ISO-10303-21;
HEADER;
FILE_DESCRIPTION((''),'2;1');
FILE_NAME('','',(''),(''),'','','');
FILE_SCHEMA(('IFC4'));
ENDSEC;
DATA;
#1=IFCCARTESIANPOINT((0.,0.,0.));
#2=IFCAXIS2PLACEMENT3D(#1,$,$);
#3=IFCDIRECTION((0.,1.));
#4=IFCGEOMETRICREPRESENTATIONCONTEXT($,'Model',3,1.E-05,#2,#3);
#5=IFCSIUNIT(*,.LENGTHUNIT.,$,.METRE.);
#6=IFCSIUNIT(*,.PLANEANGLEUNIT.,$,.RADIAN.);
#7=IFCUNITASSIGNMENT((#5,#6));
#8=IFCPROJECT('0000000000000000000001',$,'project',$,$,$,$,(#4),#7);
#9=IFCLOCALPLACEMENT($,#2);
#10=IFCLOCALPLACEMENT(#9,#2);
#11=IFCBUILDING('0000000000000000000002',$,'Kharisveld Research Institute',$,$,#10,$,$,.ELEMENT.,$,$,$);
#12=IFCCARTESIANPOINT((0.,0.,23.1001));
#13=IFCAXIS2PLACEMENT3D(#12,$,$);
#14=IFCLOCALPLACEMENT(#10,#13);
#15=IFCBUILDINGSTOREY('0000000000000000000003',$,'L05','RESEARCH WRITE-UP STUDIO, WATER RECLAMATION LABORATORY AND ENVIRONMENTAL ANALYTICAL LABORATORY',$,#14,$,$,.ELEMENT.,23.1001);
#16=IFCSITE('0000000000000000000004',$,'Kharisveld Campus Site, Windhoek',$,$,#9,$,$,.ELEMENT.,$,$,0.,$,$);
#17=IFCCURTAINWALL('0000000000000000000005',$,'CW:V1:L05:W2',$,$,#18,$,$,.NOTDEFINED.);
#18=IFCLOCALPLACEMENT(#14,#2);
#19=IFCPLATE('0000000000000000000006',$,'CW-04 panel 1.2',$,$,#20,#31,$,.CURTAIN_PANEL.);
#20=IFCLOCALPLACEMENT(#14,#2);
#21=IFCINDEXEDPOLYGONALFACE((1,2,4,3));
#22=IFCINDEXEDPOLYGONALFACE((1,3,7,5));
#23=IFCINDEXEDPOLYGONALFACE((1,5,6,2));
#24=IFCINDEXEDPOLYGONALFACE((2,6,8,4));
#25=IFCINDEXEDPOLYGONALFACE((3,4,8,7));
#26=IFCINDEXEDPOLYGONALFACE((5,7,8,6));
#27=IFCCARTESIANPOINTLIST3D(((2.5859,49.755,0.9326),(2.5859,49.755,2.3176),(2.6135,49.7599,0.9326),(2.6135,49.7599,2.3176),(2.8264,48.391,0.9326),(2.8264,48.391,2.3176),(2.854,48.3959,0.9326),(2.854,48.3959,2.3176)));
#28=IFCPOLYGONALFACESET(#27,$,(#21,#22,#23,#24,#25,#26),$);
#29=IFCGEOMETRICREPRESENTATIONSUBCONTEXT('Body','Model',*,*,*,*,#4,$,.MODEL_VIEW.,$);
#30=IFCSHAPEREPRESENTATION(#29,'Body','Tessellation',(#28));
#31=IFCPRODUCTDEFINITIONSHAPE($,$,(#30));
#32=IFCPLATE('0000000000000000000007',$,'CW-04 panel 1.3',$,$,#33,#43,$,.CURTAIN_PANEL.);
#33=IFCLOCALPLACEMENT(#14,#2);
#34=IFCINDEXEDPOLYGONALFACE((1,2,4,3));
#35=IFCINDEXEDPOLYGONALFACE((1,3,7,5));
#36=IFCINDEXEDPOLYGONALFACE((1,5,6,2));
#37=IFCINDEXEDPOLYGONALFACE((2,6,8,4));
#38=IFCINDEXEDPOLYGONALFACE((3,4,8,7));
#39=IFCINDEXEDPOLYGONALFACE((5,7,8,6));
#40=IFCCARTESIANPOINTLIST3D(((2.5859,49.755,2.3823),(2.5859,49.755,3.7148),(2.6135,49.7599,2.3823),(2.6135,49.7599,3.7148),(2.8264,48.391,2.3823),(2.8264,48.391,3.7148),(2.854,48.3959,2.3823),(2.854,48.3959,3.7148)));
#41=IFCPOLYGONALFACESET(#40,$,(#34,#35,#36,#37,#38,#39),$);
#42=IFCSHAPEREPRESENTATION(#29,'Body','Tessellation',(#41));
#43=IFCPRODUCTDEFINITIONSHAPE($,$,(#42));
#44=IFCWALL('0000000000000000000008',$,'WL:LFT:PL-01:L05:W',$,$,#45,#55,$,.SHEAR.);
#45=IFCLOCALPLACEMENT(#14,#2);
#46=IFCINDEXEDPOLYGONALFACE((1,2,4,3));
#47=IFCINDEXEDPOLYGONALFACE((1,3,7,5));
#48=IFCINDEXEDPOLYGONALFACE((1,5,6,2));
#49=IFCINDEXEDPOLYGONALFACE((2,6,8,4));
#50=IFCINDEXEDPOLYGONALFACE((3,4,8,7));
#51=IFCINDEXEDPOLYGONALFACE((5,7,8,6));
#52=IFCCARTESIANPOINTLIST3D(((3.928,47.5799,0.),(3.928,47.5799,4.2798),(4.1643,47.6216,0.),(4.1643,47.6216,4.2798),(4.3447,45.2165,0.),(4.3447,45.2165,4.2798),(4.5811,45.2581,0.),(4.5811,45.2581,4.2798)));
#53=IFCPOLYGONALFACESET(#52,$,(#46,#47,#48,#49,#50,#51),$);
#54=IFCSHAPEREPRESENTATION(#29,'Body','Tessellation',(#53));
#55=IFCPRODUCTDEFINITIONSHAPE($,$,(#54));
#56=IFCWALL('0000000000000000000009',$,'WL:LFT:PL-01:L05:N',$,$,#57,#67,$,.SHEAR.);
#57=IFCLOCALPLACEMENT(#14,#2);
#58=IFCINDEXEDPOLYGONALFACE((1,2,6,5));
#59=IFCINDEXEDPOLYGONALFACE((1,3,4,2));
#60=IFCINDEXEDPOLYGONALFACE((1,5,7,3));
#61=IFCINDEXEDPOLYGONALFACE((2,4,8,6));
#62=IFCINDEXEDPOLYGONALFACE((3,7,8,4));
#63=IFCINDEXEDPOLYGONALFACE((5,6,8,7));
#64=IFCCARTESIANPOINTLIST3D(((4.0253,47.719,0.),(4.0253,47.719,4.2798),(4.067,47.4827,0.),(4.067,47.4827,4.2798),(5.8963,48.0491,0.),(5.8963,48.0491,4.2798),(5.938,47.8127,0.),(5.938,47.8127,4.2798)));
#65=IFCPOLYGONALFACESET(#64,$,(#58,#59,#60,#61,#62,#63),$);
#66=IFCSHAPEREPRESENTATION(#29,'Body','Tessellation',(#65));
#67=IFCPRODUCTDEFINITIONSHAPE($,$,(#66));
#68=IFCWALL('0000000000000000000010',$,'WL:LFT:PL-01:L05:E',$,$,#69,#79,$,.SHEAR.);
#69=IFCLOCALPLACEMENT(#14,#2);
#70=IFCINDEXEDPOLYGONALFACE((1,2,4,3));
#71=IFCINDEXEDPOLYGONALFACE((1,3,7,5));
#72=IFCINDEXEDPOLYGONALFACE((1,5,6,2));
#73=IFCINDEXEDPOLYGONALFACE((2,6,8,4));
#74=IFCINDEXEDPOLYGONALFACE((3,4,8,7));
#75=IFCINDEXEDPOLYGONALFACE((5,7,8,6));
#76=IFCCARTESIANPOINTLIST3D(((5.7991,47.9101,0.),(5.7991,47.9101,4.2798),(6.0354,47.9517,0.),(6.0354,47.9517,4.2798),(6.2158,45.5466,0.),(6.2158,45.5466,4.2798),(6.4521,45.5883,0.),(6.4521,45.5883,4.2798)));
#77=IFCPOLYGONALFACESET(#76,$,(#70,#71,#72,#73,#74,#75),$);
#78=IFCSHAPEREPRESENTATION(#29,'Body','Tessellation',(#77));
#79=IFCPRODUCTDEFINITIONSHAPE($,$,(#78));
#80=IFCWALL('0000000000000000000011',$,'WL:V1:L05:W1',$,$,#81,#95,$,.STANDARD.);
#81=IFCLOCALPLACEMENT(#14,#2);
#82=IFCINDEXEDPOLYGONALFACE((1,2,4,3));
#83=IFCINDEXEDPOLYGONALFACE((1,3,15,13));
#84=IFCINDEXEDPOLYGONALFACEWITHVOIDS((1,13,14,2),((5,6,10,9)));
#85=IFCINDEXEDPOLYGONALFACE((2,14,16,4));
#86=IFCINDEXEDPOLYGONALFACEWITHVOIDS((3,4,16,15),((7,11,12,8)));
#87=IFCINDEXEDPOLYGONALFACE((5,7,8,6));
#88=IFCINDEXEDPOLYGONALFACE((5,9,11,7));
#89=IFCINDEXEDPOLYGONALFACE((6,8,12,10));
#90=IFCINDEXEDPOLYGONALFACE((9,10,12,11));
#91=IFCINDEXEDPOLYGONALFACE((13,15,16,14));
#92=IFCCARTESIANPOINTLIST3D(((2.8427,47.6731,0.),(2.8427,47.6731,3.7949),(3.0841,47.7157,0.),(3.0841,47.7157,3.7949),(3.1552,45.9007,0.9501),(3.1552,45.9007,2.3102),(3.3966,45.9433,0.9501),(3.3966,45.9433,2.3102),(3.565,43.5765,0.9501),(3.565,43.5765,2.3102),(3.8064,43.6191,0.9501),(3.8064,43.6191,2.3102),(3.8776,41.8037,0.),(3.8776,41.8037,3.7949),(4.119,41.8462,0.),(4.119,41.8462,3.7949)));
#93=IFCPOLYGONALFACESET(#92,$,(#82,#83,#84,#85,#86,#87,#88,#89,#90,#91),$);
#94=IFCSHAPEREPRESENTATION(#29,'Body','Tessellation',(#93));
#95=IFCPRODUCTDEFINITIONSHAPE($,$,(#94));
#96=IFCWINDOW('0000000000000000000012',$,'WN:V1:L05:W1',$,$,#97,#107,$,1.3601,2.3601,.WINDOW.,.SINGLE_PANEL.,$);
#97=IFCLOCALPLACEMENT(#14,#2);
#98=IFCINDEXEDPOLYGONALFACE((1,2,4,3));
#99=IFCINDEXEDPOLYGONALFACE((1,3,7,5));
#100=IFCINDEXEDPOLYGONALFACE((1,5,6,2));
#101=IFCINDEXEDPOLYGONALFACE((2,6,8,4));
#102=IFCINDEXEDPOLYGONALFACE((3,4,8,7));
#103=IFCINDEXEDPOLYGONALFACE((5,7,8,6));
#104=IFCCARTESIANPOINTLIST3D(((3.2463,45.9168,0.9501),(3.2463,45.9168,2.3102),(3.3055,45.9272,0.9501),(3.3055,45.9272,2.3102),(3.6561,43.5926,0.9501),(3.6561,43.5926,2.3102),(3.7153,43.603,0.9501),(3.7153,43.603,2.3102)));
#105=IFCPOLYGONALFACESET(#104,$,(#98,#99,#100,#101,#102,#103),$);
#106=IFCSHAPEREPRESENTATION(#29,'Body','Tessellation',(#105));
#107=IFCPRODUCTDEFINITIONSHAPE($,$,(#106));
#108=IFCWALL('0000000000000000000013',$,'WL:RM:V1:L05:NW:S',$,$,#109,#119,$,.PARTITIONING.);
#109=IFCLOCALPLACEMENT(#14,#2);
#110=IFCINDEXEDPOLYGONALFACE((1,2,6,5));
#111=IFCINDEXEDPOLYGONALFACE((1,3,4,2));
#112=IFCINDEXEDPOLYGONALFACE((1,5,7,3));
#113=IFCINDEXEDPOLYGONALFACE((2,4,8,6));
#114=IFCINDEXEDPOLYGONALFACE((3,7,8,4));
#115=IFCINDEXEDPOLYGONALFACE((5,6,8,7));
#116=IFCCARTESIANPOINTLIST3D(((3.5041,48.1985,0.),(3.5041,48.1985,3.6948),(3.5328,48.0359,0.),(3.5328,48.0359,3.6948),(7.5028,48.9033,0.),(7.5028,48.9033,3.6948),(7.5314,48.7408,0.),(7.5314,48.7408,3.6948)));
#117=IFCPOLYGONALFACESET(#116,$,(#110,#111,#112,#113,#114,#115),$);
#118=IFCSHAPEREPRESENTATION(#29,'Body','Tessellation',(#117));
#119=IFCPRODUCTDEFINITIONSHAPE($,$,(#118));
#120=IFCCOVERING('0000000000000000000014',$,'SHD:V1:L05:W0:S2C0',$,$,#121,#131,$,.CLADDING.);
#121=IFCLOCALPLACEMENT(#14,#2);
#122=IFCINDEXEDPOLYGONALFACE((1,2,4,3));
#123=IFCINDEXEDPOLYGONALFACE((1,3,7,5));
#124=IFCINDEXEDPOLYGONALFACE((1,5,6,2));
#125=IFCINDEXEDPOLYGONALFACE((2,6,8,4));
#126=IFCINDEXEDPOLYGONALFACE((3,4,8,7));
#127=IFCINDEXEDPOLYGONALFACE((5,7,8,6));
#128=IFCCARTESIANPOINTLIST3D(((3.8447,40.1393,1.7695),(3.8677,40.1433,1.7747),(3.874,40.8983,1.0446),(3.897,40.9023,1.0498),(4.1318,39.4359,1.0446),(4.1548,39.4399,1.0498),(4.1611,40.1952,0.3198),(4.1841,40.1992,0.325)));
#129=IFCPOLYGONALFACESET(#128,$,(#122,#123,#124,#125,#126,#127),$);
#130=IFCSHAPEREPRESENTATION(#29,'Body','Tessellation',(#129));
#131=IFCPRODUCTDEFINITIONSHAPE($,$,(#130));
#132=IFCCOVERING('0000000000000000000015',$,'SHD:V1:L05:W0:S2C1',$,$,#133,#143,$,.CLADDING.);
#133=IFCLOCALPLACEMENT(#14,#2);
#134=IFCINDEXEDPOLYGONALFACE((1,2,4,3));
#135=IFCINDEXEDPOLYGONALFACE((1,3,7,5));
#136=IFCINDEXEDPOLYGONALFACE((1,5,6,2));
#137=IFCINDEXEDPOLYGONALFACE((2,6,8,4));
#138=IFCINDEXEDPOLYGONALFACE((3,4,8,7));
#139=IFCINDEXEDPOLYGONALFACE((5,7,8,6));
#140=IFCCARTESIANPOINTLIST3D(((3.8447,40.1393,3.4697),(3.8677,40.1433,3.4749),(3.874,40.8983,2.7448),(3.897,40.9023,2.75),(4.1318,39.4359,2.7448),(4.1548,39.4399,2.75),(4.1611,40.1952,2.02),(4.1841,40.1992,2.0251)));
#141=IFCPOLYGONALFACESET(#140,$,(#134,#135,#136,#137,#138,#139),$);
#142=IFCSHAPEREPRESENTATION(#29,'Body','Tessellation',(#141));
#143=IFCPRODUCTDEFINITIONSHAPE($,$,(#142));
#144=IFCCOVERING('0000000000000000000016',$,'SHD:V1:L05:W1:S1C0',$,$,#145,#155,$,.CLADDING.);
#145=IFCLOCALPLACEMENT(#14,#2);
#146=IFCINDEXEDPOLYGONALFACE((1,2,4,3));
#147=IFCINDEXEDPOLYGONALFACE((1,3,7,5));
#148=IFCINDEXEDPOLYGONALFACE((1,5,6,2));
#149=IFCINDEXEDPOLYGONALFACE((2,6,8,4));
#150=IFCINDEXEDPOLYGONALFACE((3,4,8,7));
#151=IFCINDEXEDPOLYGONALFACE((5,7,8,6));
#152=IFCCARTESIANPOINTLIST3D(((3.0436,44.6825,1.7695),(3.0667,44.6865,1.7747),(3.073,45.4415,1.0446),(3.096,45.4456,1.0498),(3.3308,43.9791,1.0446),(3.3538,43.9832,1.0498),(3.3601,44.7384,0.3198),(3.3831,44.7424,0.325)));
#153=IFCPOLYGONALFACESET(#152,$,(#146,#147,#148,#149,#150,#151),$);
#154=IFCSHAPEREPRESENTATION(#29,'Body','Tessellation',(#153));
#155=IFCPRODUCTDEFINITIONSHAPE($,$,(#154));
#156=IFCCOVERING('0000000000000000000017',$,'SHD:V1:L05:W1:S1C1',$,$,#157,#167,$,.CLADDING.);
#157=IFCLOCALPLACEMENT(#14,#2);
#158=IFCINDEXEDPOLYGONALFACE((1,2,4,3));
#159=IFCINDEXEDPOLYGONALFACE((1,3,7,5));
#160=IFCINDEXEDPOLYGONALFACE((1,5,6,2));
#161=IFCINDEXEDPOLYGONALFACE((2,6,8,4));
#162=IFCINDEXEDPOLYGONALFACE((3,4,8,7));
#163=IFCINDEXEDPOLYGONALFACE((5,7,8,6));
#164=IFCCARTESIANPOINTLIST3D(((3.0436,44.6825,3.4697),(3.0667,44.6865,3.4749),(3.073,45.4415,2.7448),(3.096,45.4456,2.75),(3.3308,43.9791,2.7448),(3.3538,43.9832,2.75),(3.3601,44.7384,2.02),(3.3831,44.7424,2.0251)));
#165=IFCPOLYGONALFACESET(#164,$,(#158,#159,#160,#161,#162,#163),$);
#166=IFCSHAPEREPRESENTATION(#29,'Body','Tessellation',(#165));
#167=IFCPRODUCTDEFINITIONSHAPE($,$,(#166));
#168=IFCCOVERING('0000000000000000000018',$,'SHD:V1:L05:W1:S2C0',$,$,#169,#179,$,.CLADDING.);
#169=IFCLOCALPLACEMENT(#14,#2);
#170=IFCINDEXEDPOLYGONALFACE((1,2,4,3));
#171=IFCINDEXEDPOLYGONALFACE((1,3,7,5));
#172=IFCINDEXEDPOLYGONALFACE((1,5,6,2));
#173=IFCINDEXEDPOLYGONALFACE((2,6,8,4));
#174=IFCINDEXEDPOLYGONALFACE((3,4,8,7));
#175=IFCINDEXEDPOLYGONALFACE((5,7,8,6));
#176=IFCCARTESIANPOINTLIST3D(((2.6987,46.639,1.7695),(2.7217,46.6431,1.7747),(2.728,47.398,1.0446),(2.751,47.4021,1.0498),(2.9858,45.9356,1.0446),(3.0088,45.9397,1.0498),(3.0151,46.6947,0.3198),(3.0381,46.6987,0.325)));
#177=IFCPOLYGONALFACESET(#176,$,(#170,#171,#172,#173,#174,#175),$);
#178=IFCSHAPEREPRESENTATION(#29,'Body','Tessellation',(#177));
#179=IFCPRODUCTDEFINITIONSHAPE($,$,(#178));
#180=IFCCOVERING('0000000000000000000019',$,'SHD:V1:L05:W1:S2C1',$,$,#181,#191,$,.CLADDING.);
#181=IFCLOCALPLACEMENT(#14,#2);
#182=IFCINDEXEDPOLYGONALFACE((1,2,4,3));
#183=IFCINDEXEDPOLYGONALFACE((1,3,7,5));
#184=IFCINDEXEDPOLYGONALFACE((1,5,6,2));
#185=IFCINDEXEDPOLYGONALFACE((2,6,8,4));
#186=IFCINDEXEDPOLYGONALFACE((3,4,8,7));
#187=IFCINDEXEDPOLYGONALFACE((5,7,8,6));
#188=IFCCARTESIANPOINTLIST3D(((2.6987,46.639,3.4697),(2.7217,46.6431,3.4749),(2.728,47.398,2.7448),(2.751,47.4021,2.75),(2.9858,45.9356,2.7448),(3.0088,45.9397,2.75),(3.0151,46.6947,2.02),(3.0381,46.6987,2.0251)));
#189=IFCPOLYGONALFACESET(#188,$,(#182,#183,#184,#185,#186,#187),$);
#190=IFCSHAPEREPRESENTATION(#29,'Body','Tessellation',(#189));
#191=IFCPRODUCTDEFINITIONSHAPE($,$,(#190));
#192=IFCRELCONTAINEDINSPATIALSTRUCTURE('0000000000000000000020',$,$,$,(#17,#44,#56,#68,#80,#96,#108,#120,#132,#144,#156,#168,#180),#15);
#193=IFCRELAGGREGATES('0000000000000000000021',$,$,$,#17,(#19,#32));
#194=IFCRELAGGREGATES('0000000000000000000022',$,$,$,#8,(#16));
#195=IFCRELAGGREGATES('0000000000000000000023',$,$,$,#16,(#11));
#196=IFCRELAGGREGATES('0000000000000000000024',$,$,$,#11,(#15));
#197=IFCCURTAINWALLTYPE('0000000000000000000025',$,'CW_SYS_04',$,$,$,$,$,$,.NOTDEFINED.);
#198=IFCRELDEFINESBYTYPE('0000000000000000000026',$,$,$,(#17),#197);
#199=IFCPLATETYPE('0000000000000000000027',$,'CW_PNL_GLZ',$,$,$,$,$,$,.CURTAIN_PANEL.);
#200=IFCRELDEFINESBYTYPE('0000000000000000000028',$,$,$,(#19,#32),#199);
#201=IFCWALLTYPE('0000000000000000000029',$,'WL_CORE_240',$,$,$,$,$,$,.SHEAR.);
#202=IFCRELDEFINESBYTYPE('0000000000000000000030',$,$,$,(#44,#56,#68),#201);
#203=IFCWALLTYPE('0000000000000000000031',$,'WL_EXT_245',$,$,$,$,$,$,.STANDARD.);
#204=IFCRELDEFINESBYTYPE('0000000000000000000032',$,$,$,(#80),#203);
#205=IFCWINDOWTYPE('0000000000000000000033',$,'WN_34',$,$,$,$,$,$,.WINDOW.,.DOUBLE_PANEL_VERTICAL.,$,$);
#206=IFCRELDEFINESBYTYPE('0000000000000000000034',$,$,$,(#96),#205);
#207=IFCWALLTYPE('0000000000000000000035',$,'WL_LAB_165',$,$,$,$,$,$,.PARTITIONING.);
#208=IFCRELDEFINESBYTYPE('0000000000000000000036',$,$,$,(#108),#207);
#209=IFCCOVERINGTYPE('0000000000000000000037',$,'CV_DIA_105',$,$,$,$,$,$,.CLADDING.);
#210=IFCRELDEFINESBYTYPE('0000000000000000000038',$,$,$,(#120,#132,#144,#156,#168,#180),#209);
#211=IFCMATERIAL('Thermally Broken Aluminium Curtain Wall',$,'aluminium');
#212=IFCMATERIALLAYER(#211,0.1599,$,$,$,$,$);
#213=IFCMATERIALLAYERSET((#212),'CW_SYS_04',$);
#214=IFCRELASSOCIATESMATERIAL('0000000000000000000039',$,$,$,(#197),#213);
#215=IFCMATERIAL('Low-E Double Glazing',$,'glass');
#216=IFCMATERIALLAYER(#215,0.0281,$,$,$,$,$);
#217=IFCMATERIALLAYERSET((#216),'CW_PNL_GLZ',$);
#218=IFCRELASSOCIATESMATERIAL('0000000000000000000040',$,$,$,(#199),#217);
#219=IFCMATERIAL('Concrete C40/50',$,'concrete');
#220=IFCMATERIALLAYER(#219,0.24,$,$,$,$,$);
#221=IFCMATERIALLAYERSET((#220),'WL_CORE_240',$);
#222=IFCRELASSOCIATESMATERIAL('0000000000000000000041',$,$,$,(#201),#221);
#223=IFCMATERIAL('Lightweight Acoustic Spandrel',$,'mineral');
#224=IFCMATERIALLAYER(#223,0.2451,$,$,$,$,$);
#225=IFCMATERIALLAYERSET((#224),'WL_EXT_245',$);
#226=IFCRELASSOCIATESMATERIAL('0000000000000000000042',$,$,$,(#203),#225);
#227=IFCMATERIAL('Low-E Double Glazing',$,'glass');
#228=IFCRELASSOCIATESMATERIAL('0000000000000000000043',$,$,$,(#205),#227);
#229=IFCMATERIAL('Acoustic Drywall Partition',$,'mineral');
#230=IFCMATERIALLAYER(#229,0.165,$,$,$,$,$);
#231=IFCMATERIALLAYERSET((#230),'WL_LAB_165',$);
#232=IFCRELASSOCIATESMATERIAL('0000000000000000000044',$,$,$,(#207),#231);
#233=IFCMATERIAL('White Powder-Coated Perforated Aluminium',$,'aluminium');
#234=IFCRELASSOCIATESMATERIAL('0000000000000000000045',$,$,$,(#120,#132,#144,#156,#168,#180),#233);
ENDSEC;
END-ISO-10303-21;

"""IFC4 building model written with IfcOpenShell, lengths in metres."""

from ifc_helpers import new_model, si_unit, direction, frame, frame_2d, origin, origin_2d, place, context, subcontext, project, spatial, polyline, rectangle, outline, extrude, material, layer, layer_set, type_object, element, fill, aggregate, save


model = new_model("IFC4")

# Units and contexts
model_context = context("Model", 3, precision=1e-05, world=origin(), true_north=direction((0.0, 1.0)))
body_context = subcontext(model_context, "Body", "Model", "MODEL_VIEW")
ifc_project = project(units=[si_unit("LENGTHUNIT", "METRE"), si_unit("PLANEANGLEUNIT", "RADIAN")], contexts=[model_context])

# Site, building, storey
site_placement = place(None, origin())
site = spatial("IfcSite", under=ifc_project, at=site_placement, Name="Kharisveld Campus Site, Windhoek", CompositionType="ELEMENT", RefElevation=0.0)
building_placement = place(site_placement, origin())
building = spatial("IfcBuilding", under=site, at=building_placement, Name="Kharisveld Research Institute", CompositionType="ELEMENT")
storey_placement = place(building_placement, frame((0.0, 0.0, 23.1001)))
storey = spatial("IfcBuildingStorey", under=building, at=storey_placement, Name="L05", Description="RESEARCH WRITE-UP STUDIO, WATER RECLAMATION LABORATORY AND ENVIRONMENTAL ANALYTICAL LABORATORY", CompositionType="ELEMENT", Elevation=23.1001)

# Curtain wall
ifc_material_1 = material(Name="Thermally Broken Aluminium Curtain Wall", Category="aluminium")
ifc_layer_1 = layer(ifc_material_1, 0.1599)
ifc_layer_set_1 = layer_set([ifc_layer_1], Name="CW_SYS_04")
curtain_wall_type = type_object("IfcCurtainWallType", Name="CW_SYS_04", PredefinedType="NOTDEFINED", material=ifc_layer_set_1)
curtain_wall_placement = place(storey_placement, origin())
curtain_wall = element("IfcCurtainWall", 1, at=curtain_wall_placement, inside=storey, type_object=curtain_wall_type, Name="CW:V1:L05:W2", PredefinedType="NOTDEFINED")

# Plates
ifc_material_2 = material(Name="Low-E Double Glazing", Category="glass")
ifc_layer_2 = layer(ifc_material_2, 0.0281)
ifc_layer_set_2 = layer_set([ifc_layer_2], Name="CW_PNL_GLZ")
plate_type = type_object("IfcPlateType", Name="CW_PNL_GLZ", PredefinedType="CURTAIN_PANEL", material=ifc_layer_set_2)
plate_1_placement = place(storey_placement, frame((2.72, 49.0754, 0.9326), z_axis=(0.0, 0.0, 1.0), x_axis=(-0.173648, 0.984808, 0.0)))
plate_1 = element("IfcPlate", 2, at=plate_1_placement, type_object=plate_type, Name="CW-04 panel 1.2", PredefinedType="CURTAIN_PANEL", context=body_context, shape_type="SweptSolid", body=[
    extrude(rectangle(XDim=1.385, YDim=0.0281, at=origin_2d()), origin(), (0.0, 0.0, 1.0), 1.385),
])
plate_2_placement = place(storey_placement, frame((2.72, 49.0754, 2.3823), z_axis=(0.0, 0.0, 1.0), x_axis=(-0.173648, 0.984808, 0.0)))
plate_2 = element("IfcPlate", 3, at=plate_2_placement, type_object=plate_type, Name="CW-04 panel 1.3", PredefinedType="CURTAIN_PANEL", context=body_context, shape_type="SweptSolid", body=[
    extrude(rectangle(XDim=1.385, YDim=0.0281, at=origin_2d()), origin(), (0.0, 0.0, 1.0), 1.3325),
])
aggregate(curtain_wall, [plate_1, plate_2])

# Walls
ifc_material_3 = material(Name="Concrete C40/50", Category="concrete")
ifc_layer_3 = layer(ifc_material_3, 0.24)
ifc_layer_set_3 = layer_set([ifc_layer_3], Name="WL_CORE_240")
wall_type_1 = type_object("IfcWallType", Name="WL_CORE_240", PredefinedType="SHEAR", material=ifc_layer_set_3)
wall_1_placement = place(storey_placement, frame((4.4629, 45.2373, 0.0), z_axis=(0.0, 0.0, 1.0), x_axis=(-0.173646, 0.984808, 0.0)))
element("IfcWall", 4, at=wall_1_placement, inside=storey, type_object=wall_type_1, Name="WL:LFT:PL-01:L05:W", PredefinedType="SHEAR", context=body_context, shape_type="SweptSolid", body=[
    extrude(rectangle(XDim=2.3999, YDim=0.24, at=frame_2d((1.2, 0.0))), origin(), (0.0, 0.0, 1.0), 4.2798),
])
wall_2_placement = place(storey_placement, frame((4.0461, 47.6008, 0.0), z_axis=(0.0, 0.0, 1.0), x_axis=(0.984794, 0.173727, 0.0)))
element("IfcWall", 5, at=wall_2_placement, inside=storey, type_object=wall_type_1, Name="WL:LFT:PL-01:L05:N", PredefinedType="SHEAR", context=body_context, shape_type="SweptSolid", body=[
    extrude(rectangle(XDim=1.8999, YDim=0.24, at=frame_2d((0.95, 0.0))), origin(), (0.0, 0.0, 1.0), 4.2798),
])
wall_3_placement = place(storey_placement, frame((5.9172, 47.9309, 0.0), z_axis=(0.0, 0.0, 1.0), x_axis=(0.173646, -0.984808, 0.0)))
element("IfcWall", 6, at=wall_3_placement, inside=storey, type_object=wall_type_1, Name="WL:LFT:PL-01:L05:E", PredefinedType="SHEAR", context=body_context, shape_type="SweptSolid", body=[
    extrude(rectangle(XDim=2.3999, YDim=0.24, at=frame_2d((1.2, 0.0))), origin(), (0.0, 0.0, 1.0), 4.2798),
])

# Wall, opening, window
ifc_material_4 = material(Name="Lightweight Acoustic Spandrel", Category="mineral")
ifc_layer_4 = layer(ifc_material_4, 0.2451)
ifc_layer_set_4 = layer_set([ifc_layer_4], Name="WL_EXT_245")
wall_type_2 = type_object("IfcWallType", Name="WL_EXT_245", PredefinedType="STANDARD", material=ifc_layer_set_4)
wall_4_placement = place(storey_placement, frame((3.9983, 41.825, 0.0), z_axis=(0.0, 0.0, 1.0), x_axis=(-0.173645, 0.984808, 0.0)))
wall_4 = element("IfcWall", 7, at=wall_4_placement, inside=storey, type_object=wall_type_2, Name="WL:V1:L05:W1", PredefinedType="STANDARD", context=body_context, shape_type="SweptSolid", body=[
    extrude(rectangle(XDim=5.96, YDim=0.2451, at=frame_2d((2.98, 0.0))), origin(), (0.0, 0.0, 1.0), 3.7949),
])
opening_1_placement = place(wall_4_placement, frame((1.8, 0.0, 0.95)))
opening_1 = element("IfcOpeningElement", 8, at=opening_1_placement, cuts=wall_4, PredefinedType="OPENING", context=body_context, shape_type="SweptSolid", body=[
    extrude(rectangle(XDim=2.3601, YDim=1.3601, at=frame_2d((1.1802, 0.6802))), frame((0.0, 0.1226, 0.0), z_axis=(0.0, -1.0, 0.0), x_axis=(1.0, 0.0, 0.0)), (0.0, 0.0, 1.0), 0.2451),
])
ifc_material_5 = material(Name="Low-E Double Glazing", Category="glass")
window_type = type_object("IfcWindowType", Name="WN_34", PartitioningType="DOUBLE_PANEL_VERTICAL", PredefinedType="WINDOW", material=ifc_material_5)
window_placement = place(opening_1_placement, origin())
window = element("IfcWindow", 9, at=window_placement, inside=storey, type_object=window_type, Name="WN:V1:L05:W1", OverallHeight=1.3601, OverallWidth=2.3601, PartitioningType="SINGLE_PANEL", PredefinedType="WINDOW", context=body_context, shape_type="SweptSolid", body=[
    extrude(rectangle(XDim=2.3601, YDim=1.3601, at=frame_2d((1.1802, 0.6802))), frame((0.0, 0.03, 0.0), z_axis=(0.0, -1.0, 0.0), x_axis=(1.0, 0.0, 0.0)), (0.0, 0.0, 1.0), 0.0601),
])
fill(opening_1, window)

# Wall
ifc_material_6 = material(Name="Acoustic Drywall Partition", Category="mineral")
ifc_layer_5 = layer(ifc_material_6, 0.165)
ifc_layer_set_5 = layer_set([ifc_layer_5], Name="WL_LAB_165")
wall_type_3 = type_object("IfcWallType", Name="WL_LAB_165", PredefinedType="PARTITIONING", material=ifc_layer_set_5)
wall_5_placement = place(storey_placement, frame((3.5183, 48.1172, 0.0), z_axis=(0.0, 0.0, 1.0), x_axis=(0.984817, 0.173597, 0.0)))
element("IfcWall", 10, at=wall_5_placement, inside=storey, type_object=wall_type_3, Name="WL:RM:V1:L05:NW:S", PredefinedType="PARTITIONING", context=body_context, shape_type="SweptSolid", body=[
    extrude(rectangle(XDim=4.0603, YDim=0.165, at=frame_2d((2.0303, 0.0))), origin(), (0.0, 0.0, 1.0), 3.6948),
])

# Coverings
ifc_material_7 = material(Name="White Powder-Coated Perforated Aluminium", Category="aluminium")
covering_type = type_object("IfcCoveringType", Name="CV_DIA_105", PredefinedType="CLADDING")
for number, where, z_axis, x_axis, name in (
    (11, (4.1841, 40.1992, 0.325), (0.961481, 0.169503, 0.216385), (-0.273452, 0.669728, 0.690426), "SHD:V1:L05:W0:S2C0"),
    (12, (4.1841, 40.1992, 2.0251), (0.961481, 0.169503, 0.216385), (-0.273452, 0.669728, 0.690426), "SHD:V1:L05:W0:S2C1"),
    (13, (3.3831, 44.7424, 0.325), (0.961481, 0.169503, 0.216385), (-0.273452, 0.669728, 0.690426), "SHD:V1:L05:W1:S1C0"),
    (14, (3.3831, 44.7424, 2.0251), (0.961481, 0.169503, 0.216385), (-0.273452, 0.669728, 0.690426), "SHD:V1:L05:W1:S1C1"),
):
    element("IfcCovering", number, at=place(storey_placement, frame(where, z_axis=z_axis, x_axis=x_axis)), inside=storey, type_object=covering_type, material=ifc_material_7, Name=name, PredefinedType="CLADDING", context=body_context, shape_type="SweptSolid", body=[
        extrude(outline(polyline([(0.0, 0.0), (1.0499, 0.0), (1.05, 1.05), (0.0, 1.0501), (0.0, 0.0)])), origin(), (0.0, 0.0, -1.0), 0.0239),
    ])
for number, where, z_axis, x_axis, name in (
    (15, (3.0381, 46.6987, 0.325), (0.961487, 0.169504, 0.216358), (-0.273429, 0.669853, 0.690314), "SHD:V1:L05:W1:S2C0"),
    (16, (3.0381, 46.6987, 2.0251), (0.961487, 0.169504, 0.216358), (-0.273429, 0.669853, 0.690314), "SHD:V1:L05:W1:S2C1"),
):
    element("IfcCovering", number, at=place(storey_placement, frame(where, z_axis=z_axis, x_axis=x_axis)), inside=storey, type_object=covering_type, material=ifc_material_7, Name=name, PredefinedType="CLADDING", context=body_context, shape_type="SweptSolid", body=[
        extrude(outline(polyline([(0.0, 0.0), (1.05, 0.0), (1.05, 1.05), (-0.0001, 1.05), (0.0, 0.0)])), origin(), (0.0, 0.0, -1.0), 0.0239),
    ])

save(model, "model.ifc")
